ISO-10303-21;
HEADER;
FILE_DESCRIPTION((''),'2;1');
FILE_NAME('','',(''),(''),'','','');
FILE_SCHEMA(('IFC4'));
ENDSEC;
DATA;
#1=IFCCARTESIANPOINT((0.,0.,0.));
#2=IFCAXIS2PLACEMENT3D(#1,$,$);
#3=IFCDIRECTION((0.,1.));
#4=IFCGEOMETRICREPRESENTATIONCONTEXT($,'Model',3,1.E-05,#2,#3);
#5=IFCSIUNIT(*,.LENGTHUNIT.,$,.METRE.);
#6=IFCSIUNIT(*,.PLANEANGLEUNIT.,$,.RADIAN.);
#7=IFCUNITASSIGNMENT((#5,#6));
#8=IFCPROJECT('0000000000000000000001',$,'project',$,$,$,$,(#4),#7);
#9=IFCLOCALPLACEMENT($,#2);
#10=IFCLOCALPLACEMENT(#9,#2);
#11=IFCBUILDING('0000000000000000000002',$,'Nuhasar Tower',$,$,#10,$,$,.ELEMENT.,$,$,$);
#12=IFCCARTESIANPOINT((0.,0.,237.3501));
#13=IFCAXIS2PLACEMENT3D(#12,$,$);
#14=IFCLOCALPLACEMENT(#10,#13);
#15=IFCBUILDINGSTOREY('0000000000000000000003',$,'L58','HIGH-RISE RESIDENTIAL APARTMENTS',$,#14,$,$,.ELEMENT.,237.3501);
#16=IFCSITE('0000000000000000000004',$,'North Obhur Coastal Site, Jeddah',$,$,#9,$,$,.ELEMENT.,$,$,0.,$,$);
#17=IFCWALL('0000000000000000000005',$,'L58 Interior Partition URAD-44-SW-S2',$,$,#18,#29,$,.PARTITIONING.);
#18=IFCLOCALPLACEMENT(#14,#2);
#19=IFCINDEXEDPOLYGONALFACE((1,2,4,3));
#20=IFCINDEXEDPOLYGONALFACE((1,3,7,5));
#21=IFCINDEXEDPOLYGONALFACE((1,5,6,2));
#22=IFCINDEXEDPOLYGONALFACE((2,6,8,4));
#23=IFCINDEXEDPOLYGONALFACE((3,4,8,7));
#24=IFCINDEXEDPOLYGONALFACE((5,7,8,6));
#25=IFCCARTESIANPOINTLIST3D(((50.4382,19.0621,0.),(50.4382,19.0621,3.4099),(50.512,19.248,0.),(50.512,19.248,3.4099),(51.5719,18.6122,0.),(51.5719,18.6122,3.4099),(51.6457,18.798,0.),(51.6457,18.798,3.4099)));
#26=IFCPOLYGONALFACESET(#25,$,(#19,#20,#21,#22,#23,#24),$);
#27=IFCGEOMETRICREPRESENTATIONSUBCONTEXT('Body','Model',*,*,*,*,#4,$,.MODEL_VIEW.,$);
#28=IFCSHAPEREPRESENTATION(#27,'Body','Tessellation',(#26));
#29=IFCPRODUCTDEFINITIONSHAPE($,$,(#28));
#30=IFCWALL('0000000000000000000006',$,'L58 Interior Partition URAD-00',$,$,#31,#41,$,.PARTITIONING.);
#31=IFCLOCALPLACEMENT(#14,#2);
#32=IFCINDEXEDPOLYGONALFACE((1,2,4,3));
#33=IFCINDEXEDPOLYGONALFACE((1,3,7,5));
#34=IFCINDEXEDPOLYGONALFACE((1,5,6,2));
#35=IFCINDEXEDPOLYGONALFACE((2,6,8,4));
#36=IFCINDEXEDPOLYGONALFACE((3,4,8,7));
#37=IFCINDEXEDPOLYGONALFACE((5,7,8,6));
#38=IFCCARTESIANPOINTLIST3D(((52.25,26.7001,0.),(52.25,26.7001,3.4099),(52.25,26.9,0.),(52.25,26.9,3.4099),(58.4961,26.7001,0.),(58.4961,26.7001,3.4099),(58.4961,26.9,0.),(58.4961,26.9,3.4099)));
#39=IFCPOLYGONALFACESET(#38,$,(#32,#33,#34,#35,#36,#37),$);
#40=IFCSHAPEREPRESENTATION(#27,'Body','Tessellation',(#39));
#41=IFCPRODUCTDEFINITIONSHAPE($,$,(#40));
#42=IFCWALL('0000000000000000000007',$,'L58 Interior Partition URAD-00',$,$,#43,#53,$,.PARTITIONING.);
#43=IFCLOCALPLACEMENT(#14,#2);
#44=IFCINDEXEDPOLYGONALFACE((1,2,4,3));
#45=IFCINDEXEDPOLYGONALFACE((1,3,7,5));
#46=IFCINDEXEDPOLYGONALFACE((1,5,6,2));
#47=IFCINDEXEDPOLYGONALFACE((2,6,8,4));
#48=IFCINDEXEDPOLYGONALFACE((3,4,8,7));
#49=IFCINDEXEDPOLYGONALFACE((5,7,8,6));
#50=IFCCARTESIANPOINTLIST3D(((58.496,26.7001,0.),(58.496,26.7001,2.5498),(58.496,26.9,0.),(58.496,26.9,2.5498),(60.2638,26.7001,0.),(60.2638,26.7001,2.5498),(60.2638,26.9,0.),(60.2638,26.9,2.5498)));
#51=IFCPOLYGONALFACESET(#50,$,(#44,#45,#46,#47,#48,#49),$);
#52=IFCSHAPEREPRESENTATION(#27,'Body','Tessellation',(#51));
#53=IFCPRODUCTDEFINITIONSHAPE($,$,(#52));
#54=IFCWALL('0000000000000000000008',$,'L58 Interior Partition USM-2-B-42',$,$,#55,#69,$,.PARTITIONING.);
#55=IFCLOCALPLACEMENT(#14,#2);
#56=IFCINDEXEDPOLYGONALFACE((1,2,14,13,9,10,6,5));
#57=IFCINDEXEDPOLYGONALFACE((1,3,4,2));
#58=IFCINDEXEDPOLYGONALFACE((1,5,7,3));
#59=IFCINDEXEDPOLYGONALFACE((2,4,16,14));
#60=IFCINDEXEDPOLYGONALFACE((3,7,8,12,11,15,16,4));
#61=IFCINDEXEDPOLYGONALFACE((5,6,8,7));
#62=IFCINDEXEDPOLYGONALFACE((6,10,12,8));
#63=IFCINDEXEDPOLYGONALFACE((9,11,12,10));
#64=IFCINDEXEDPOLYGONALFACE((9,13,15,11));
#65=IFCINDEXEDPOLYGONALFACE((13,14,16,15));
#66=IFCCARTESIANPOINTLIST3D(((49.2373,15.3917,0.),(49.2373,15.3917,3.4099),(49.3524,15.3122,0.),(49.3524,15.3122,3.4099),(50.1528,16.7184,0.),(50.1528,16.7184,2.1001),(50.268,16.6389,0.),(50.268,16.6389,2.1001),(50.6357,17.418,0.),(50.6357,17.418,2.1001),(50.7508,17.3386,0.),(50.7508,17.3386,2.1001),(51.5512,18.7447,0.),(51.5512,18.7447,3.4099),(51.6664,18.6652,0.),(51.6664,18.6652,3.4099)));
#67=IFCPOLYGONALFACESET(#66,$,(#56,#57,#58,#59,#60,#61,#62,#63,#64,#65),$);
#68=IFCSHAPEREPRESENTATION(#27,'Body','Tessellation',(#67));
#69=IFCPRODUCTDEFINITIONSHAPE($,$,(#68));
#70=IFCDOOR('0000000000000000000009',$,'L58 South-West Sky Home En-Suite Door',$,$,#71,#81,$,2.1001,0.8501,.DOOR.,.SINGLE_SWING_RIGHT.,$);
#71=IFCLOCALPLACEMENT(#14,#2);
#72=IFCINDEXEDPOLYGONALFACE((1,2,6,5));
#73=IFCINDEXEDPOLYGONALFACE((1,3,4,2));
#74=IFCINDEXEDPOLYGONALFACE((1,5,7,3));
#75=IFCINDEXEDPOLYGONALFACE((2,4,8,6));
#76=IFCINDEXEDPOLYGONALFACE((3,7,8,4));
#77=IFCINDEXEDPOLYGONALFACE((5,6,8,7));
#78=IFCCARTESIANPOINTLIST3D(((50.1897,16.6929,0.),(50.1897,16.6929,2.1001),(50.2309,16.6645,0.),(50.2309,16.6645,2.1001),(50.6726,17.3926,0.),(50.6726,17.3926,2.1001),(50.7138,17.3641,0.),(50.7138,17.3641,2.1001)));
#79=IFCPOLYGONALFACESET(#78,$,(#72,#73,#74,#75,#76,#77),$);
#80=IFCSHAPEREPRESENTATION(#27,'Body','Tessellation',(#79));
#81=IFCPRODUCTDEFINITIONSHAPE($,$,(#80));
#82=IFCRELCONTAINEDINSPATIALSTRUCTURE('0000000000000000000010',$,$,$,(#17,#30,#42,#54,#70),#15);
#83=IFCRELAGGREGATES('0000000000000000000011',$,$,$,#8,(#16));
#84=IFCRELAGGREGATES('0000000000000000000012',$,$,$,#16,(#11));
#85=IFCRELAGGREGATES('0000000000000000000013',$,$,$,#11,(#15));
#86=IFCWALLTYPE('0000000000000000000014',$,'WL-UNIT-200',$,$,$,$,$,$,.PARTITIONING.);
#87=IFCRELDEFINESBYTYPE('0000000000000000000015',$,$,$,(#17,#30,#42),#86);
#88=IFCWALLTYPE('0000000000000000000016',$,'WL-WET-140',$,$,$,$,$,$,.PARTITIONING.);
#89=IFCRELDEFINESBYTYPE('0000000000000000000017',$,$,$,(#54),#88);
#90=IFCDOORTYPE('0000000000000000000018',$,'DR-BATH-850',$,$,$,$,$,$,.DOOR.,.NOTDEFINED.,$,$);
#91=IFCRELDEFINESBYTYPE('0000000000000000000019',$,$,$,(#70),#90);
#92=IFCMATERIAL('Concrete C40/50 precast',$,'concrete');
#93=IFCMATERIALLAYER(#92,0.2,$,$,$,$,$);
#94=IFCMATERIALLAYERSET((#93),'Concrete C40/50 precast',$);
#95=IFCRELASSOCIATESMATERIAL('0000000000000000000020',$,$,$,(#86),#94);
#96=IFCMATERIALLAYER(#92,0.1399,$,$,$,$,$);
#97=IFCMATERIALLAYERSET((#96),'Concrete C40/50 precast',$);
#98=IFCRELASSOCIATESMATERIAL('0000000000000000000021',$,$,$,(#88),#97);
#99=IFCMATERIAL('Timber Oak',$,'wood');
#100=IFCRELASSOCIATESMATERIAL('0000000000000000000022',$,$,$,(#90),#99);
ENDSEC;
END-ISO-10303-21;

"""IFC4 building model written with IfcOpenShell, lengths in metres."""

from ifc_helpers import new_model, si_unit, direction, frame, frame_2d, origin, place, context, subcontext, project, spatial, rectangle, extrude, material, layer, layer_set, type_object, element, fill, save


model = new_model("IFC4")

# Units and contexts
model_context = context("Model", 3, precision=1e-05, world=origin(), true_north=direction((0.0, 1.0)))
body_context = subcontext(model_context, "Body", "Model", "MODEL_VIEW")
ifc_project = project(units=[si_unit("LENGTHUNIT", "METRE"), si_unit("PLANEANGLEUNIT", "RADIAN")], contexts=[model_context])

# Site, building, storey
site_placement = place(None, origin())
site = spatial("IfcSite", under=ifc_project, at=site_placement, Name="North Obhur Coastal Site, Jeddah", CompositionType="ELEMENT", RefElevation=0.0)
building_placement = place(site_placement, origin())
building = spatial("IfcBuilding", under=site, at=building_placement, Name="Nuhasar Tower", CompositionType="ELEMENT")
storey_placement = place(building_placement, frame((0.0, 0.0, 237.3501)))
storey = spatial("IfcBuildingStorey", under=building, at=storey_placement, Name="L58", Description="HIGH-RISE RESIDENTIAL APARTMENTS", CompositionType="ELEMENT", Elevation=237.3501)

# Shared definitions
ifc_material_1 = material(Name="Timber Oak", Category="wood")

# Walls
ifc_material_2 = material(Name="Concrete C40/50 precast", Category="concrete")
ifc_layer_1 = layer(ifc_material_2, 0.2)
ifc_layer_set_1 = layer_set([ifc_layer_1], Name="Concrete C40/50 precast")
wall_type_1 = type_object("IfcWallType", Name="WL-UNIT-200", PredefinedType="PARTITIONING", material=ifc_layer_set_1)
wall_1_placement = place(storey_placement, frame((50.4751, 19.155, 0.0), z_axis=(0.0, 0.0, 1.0), x_axis=(0.929481, -0.36887, 0.0)))
element("IfcWall", 1, at=wall_1_placement, inside=storey, type_object=wall_type_1, Name="L58 Interior Partition URAD-44-SW-S2", PredefinedType="PARTITIONING", context=body_context, shape_type="SweptSolid", body=[
    extrude(rectangle(XDim=1.2197, YDim=0.2, at=frame_2d((0.6099, 0.0))), origin(), (0.0, 0.0, 1.0), 3.4099),
])
wall_2_placement = place(storey_placement, frame((52.25, 26.8, 0.0), z_axis=(0.0, 0.0, 1.0), x_axis=(1.0, 0.0, 0.0)))
element("IfcWall", 2, at=wall_2_placement, inside=storey, type_object=wall_type_1, Name="L58 Interior Partition URAD-00", PredefinedType="PARTITIONING", context=body_context, shape_type="SweptSolid", body=[
    extrude(rectangle(XDim=6.2461, YDim=0.2, at=frame_2d((3.123, 0.0))), origin(), (0.0, 0.0, 1.0), 3.4099),
])
wall_3_placement = place(storey_placement, frame((58.4961, 26.8, 0.0), z_axis=(0.0, 0.0, 1.0), x_axis=(1.0, 0.0, 0.0)))
element("IfcWall", 3, at=wall_3_placement, inside=storey, type_object=wall_type_1, Name="L58 Interior Partition URAD-00", PredefinedType="PARTITIONING", context=body_context, shape_type="SweptSolid", body=[
    extrude(rectangle(XDim=1.7678, YDim=0.2, at=frame_2d((0.8838, 0.0))), origin(), (0.0, 0.0, 1.0), 2.5498),
])

# Wall, opening, door
ifc_layer_2 = layer(ifc_material_2, 0.1399)
ifc_layer_set_2 = layer_set([ifc_layer_2], Name="Concrete C40/50 precast")
wall_type_2 = type_object("IfcWallType", Name="WL-WET-140", PredefinedType="PARTITIONING", material=ifc_layer_set_2)
wall_4_placement = place(storey_placement, frame((51.6089, 18.7051, 0.0), z_axis=(0.0, 0.0, 1.0), x_axis=(-0.567988, -0.823037, 0.0)))
wall_4 = element("IfcWall", 4, at=wall_4_placement, inside=storey, type_object=wall_type_2, Name="L58 Interior Partition USM-2-B-42", PredefinedType="PARTITIONING", context=body_context, shape_type="SweptSolid", body=[
    extrude(rectangle(XDim=4.074, YDim=0.1399, at=frame_2d((2.0371, 0.0))), origin(), (0.0, 0.0, 1.0), 3.4099),
])
opening_1_placement = place(wall_4_placement, frame((1.6121, 0.0, 0.0)))
opening_1 = element("IfcOpeningElement", 5, at=opening_1_placement, cuts=wall_4, PredefinedType="OPENING", context=body_context, shape_type="SweptSolid", body=[
    extrude(rectangle(XDim=0.8501, YDim=2.1001, at=frame_2d((0.425, 1.05))), frame((0.0, 0.0801, 0.0), z_axis=(0.0, -1.0, 0.0), x_axis=(1.0, 0.0, 0.0)), (0.0, 0.0, 1.0), 0.1599),
])
door_type_1 = type_object("IfcDoorType", Name="DR-BATH-850", OperationType="NOTDEFINED", PredefinedType="DOOR", material=ifc_material_1)
door_1_placement = place(opening_1_placement, origin())
door_1 = element("IfcDoor", 6, at=door_1_placement, inside=storey, type_object=door_type_1, Name="L58 South-West Sky Home En-Suite Door", OperationType="SINGLE_SWING_RIGHT", OverallHeight=2.1001, OverallWidth=0.8501, PredefinedType="DOOR", context=body_context, shape_type="SweptSolid", body=[
    extrude(rectangle(XDim=0.8501, YDim=2.1001, at=frame_2d((0.425, 1.05))), frame((0.0, 0.0249, 0.0), z_axis=(0.0, -1.0, 0.0), x_axis=(1.0, 0.0, 0.0)), (0.0, 0.0, 1.0), 0.05),
])
fill(opening_1, door_1)

save(model, "model.ifc")
